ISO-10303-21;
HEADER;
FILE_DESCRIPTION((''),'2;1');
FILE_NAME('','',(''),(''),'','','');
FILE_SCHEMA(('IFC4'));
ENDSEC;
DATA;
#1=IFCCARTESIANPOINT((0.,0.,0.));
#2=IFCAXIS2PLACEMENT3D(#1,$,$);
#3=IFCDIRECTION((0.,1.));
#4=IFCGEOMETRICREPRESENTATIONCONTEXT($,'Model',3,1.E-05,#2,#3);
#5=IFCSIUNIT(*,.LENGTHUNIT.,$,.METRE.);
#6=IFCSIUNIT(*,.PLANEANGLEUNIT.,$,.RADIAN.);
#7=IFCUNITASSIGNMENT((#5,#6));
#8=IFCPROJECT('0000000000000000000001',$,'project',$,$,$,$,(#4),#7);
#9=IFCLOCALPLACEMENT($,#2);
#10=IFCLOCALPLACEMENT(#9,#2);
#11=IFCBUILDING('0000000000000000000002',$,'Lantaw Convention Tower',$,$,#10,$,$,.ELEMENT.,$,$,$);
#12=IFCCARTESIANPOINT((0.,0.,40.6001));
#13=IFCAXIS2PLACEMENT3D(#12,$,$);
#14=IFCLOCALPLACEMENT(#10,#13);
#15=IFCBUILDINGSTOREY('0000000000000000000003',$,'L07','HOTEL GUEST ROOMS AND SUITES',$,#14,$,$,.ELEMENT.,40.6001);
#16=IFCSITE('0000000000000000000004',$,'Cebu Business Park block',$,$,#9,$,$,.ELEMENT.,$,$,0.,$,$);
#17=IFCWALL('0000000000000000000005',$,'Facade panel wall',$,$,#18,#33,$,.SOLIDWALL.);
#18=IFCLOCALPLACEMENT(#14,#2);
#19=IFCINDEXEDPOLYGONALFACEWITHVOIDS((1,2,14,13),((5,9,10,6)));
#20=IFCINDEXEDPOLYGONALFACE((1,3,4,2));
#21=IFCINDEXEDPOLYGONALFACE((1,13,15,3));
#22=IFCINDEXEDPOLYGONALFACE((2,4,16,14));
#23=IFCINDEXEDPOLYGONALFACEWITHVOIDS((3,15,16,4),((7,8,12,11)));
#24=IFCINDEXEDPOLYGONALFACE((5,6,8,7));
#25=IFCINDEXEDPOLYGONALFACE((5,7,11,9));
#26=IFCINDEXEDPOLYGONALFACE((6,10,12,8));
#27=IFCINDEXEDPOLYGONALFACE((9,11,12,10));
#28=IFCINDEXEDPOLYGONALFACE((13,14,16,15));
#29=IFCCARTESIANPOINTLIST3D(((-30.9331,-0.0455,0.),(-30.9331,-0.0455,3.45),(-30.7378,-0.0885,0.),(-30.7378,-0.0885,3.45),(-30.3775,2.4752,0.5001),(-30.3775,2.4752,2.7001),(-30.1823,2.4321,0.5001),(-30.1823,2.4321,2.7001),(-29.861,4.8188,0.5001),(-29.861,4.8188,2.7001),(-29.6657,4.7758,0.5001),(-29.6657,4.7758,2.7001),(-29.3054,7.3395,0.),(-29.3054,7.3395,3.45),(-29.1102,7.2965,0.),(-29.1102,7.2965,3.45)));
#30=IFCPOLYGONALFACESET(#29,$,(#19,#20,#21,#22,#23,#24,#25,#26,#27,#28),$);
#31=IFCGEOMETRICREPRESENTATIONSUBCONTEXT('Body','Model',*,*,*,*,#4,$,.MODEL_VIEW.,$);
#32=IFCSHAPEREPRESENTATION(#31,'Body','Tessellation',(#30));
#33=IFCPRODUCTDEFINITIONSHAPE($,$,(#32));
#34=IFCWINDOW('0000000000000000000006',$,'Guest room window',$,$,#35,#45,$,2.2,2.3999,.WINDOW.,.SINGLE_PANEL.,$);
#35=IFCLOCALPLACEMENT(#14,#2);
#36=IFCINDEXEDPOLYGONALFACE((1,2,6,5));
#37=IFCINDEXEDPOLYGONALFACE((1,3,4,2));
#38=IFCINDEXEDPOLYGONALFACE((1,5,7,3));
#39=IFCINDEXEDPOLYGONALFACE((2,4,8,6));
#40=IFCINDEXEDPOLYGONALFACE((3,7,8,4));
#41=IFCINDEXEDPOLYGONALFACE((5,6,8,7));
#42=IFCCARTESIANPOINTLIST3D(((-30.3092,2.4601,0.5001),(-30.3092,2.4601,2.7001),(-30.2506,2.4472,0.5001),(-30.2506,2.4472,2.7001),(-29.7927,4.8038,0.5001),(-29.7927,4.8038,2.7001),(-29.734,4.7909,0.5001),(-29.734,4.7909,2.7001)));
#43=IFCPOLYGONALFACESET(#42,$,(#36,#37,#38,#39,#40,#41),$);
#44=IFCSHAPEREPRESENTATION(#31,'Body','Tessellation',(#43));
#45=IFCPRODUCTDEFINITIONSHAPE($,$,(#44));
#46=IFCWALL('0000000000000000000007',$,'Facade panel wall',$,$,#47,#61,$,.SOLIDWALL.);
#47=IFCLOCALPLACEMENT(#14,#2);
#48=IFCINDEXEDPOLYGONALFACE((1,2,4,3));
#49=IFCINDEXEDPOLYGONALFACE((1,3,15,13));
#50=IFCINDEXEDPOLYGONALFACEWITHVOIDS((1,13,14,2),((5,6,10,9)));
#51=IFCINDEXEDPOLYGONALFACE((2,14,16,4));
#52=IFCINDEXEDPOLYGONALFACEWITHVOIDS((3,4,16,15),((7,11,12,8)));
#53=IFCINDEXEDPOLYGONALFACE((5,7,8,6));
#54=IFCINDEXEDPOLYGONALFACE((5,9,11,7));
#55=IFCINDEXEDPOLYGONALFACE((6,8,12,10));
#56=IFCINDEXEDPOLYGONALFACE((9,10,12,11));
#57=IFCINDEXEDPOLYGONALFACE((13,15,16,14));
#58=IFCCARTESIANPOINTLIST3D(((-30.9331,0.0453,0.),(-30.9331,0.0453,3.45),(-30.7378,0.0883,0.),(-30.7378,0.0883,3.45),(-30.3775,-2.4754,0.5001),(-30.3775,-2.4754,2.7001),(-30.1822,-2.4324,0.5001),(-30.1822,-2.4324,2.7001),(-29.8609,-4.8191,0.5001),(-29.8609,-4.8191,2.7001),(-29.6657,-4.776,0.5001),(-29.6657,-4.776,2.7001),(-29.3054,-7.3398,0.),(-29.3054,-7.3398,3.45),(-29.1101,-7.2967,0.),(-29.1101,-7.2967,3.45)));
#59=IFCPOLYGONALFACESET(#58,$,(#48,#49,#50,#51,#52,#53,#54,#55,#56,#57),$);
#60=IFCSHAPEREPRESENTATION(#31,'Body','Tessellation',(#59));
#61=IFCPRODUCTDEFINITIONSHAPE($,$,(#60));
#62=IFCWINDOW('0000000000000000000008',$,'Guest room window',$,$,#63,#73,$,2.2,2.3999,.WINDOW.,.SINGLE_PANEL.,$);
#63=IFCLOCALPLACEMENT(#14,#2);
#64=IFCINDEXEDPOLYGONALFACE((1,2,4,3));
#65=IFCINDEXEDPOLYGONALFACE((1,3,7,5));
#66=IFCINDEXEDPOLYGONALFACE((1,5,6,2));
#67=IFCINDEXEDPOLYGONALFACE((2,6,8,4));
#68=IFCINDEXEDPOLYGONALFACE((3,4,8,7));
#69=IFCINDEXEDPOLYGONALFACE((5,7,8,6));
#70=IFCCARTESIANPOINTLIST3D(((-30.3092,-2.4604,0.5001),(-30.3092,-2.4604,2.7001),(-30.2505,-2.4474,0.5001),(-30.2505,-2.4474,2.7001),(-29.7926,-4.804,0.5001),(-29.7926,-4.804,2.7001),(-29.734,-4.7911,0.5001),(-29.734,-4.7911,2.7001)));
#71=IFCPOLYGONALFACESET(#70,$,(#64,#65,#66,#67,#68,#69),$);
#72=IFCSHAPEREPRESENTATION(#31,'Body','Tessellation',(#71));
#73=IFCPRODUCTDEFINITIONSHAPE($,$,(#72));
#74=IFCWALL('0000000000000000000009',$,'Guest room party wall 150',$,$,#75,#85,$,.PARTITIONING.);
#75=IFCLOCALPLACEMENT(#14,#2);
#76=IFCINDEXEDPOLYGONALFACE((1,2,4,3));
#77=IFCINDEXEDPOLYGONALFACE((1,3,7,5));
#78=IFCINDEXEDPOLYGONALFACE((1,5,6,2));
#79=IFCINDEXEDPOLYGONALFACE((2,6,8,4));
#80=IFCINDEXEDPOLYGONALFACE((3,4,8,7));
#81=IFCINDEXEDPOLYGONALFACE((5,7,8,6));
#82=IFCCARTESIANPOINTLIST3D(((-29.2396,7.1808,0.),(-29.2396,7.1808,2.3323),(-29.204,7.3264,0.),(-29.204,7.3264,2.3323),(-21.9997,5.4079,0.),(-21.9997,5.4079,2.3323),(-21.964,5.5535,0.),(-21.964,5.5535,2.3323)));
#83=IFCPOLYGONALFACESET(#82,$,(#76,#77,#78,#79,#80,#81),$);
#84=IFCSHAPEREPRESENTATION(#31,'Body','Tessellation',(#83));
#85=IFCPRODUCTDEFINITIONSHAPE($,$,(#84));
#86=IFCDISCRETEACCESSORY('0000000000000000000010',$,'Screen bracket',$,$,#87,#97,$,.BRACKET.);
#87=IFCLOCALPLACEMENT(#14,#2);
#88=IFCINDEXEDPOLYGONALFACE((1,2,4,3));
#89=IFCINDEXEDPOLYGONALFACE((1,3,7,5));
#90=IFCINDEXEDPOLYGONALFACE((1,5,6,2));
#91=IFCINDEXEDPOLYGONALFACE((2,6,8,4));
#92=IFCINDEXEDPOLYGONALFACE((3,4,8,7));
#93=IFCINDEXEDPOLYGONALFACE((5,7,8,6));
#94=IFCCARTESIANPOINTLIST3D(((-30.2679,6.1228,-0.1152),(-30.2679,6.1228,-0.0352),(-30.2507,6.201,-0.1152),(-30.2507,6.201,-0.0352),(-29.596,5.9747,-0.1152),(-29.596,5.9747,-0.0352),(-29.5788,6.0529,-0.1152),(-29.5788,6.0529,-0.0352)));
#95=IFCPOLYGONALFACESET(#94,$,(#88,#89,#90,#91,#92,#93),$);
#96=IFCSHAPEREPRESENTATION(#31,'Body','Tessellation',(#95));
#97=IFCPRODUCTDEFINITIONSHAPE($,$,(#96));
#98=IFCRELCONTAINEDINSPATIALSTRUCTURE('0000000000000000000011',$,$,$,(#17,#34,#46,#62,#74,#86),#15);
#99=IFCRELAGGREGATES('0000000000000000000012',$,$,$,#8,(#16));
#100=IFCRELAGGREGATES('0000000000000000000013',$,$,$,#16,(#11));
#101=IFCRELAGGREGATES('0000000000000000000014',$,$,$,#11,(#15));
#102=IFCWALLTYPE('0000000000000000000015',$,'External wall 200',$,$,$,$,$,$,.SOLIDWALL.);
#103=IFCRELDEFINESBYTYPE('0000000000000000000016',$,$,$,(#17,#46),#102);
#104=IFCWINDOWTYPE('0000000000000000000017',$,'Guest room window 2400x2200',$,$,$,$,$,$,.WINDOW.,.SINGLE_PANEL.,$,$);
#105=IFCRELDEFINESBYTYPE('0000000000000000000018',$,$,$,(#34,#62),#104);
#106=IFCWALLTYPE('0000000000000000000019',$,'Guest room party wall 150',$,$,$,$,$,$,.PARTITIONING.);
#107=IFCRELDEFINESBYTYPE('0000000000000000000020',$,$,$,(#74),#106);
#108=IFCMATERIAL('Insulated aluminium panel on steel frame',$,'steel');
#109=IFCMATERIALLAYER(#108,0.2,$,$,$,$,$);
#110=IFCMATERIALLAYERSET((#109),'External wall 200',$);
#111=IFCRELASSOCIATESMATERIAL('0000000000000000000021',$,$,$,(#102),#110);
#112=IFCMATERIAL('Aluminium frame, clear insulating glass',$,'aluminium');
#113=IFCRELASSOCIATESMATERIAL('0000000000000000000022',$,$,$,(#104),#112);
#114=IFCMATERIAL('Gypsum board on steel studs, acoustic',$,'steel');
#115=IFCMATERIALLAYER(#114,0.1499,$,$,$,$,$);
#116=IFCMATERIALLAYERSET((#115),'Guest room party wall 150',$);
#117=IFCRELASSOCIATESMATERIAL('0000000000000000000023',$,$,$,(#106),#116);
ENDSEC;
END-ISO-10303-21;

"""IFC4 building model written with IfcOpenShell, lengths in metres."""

from ifc_helpers import new_model, si_unit, direction, frame, frame_2d, origin, origin_2d, place, context, subcontext, project, spatial, rectangle, extrude, material, layer, layer_set, type_object, element, fill, save


model = new_model("IFC4")

# Units and contexts
model_context = context("Model", 3, precision=1e-05, world=origin(), true_north=direction((0.0, 1.0)))
body_context = subcontext(model_context, "Body", "Model", "MODEL_VIEW")
ifc_project = project(units=[si_unit("LENGTHUNIT", "METRE"), si_unit("PLANEANGLEUNIT", "RADIAN")], contexts=[model_context])

# Site, building, storey
site_placement = place(None, origin())
site = spatial("IfcSite", under=ifc_project, at=site_placement, Name="Cebu Business Park block", CompositionType="ELEMENT", RefElevation=0.0)
building_placement = place(site_placement, origin())
building = spatial("IfcBuilding", under=site, at=building_placement, Name="Lantaw Convention Tower", CompositionType="ELEMENT")
storey_placement = place(building_placement, frame((0.0, 0.0, 40.6001)))
storey = spatial("IfcBuildingStorey", under=building, at=storey_placement, Name="L07", Description="HOTEL GUEST ROOMS AND SUITES", CompositionType="ELEMENT", Elevation=40.6001)

# Walls, openings, windows
ifc_material_1 = material(Name="Insulated aluminium panel on steel frame", Category="steel")
ifc_layer_1 = layer(ifc_material_1, 0.2)
ifc_layer_set_1 = layer_set([ifc_layer_1], Name="External wall 200")
wall_type_1 = type_object("IfcWallType", Name="External wall 200", PredefinedType="SOLIDWALL", material=ifc_layer_set_1)
wall_1_placement = place(storey_placement, frame((-29.2078, 7.3181, 0.0), z_axis=(0.0, 0.0, 1.0), x_axis=(-0.215238, -0.976562, 0.0)))
wall_1 = element("IfcWall", 1, at=wall_1_placement, inside=storey, type_object=wall_type_1, Name="Facade panel wall", PredefinedType="SOLIDWALL", context=body_context, shape_type="SweptSolid", body=[
    extrude(rectangle(XDim=7.5623, YDim=0.2, at=frame_2d((3.7812, 0.0))), origin(), (0.0, 0.0, 1.0), 3.45),
])
opening_1_placement = place(wall_1_placement, frame((2.5813, 0.0, 0.5)))
opening_1 = element("IfcOpeningElement", 2, at=opening_1_placement, cuts=wall_1, PredefinedType="OPENING", context=body_context, shape_type="SweptSolid", body=[
    extrude(rectangle(XDim=2.3999, YDim=2.2, at=frame_2d((1.2, 1.1001))), frame((0.0, 0.1099, 0.0), z_axis=(0.0, -1.0, 0.0), x_axis=(1.0, 0.0, 0.0)), (0.0, 0.0, 1.0), 0.22),
])
ifc_material_2 = material(Name="Aluminium frame, clear insulating glass", Category="aluminium")
window_type = type_object("IfcWindowType", Name="Guest room window 2400x2200", PartitioningType="SINGLE_PANEL", PredefinedType="WINDOW", material=ifc_material_2)
window_1_placement = place(opening_1_placement, origin())
window_1 = element("IfcWindow", 3, at=window_1_placement, inside=storey, type_object=window_type, Name="Guest room window", OverallHeight=2.2, OverallWidth=2.3999, PartitioningType="SINGLE_PANEL", PredefinedType="WINDOW", context=body_context, shape_type="SweptSolid", body=[
    extrude(rectangle(XDim=2.3999, YDim=2.2, at=frame_2d((1.2, 1.1001))), frame((0.0, 0.03, 0.0), z_axis=(0.0, -1.0, 0.0), x_axis=(1.0, 0.0, 0.0)), (0.0, 0.0, 1.0), 0.0601),
])
fill(opening_1, window_1)
wall_2_placement = place(storey_placement, frame((-30.8354, 0.0669, 0.0), z_axis=(0.0, 0.0, 1.0), x_axis=(0.215238, -0.976562, 0.0)))
wall_2 = element("IfcWall", 4, at=wall_2_placement, inside=storey, type_object=wall_type_1, Name="Facade panel wall", PredefinedType="SOLIDWALL", context=body_context, shape_type="SweptSolid", body=[
    extrude(rectangle(XDim=7.5623, YDim=0.2, at=frame_2d((3.7812, 0.0))), origin(), (0.0, 0.0, 1.0), 3.45),
])
opening_2_placement = place(wall_2_placement, frame((2.5813, 0.0, 0.5)))
opening_2 = element("IfcOpeningElement", 5, at=opening_2_placement, cuts=wall_2, PredefinedType="OPENING", context=body_context, shape_type="SweptSolid", body=[
    extrude(rectangle(XDim=2.3999, YDim=2.2, at=frame_2d((1.2, 1.1001))), frame((0.0, 0.1099, 0.0), z_axis=(0.0, -1.0, 0.0), x_axis=(1.0, 0.0, 0.0)), (0.0, 0.0, 1.0), 0.22),
])
window_2_placement = place(opening_2_placement, origin())
window_2 = element("IfcWindow", 6, at=window_2_placement, inside=storey, type_object=window_type, Name="Guest room window", OverallHeight=2.2, OverallWidth=2.3999, PartitioningType="SINGLE_PANEL", PredefinedType="WINDOW", context=body_context, shape_type="SweptSolid", body=[
    extrude(rectangle(XDim=2.3999, YDim=2.2, at=frame_2d((1.2, 1.1001))), frame((0.0, 0.03, 0.0), z_axis=(0.0, -1.0, 0.0), x_axis=(1.0, 0.0, 0.0)), (0.0, 0.0, 1.0), 0.0601),
])
fill(opening_2, window_2)

# Wall
ifc_material_3 = material(Name="Gypsum board on steel studs, acoustic", Category="steel")
ifc_layer_2 = layer(ifc_material_3, 0.1499)
ifc_layer_set_2 = layer_set([ifc_layer_2], Name="Guest room party wall 150")
wall_type_2 = type_object("IfcWallType", Name="Guest room party wall 150", PredefinedType="PARTITIONING", material=ifc_layer_set_2)
wall_3_placement = place(storey_placement, frame((-29.2219, 7.2537, 0.0), z_axis=(0.0, 0.0, 1.0), x_axis=(0.971301, -0.237855, 0.0)))
element("IfcWall", 7, at=wall_3_placement, inside=storey, type_object=wall_type_2, Name="Guest room party wall 150", PredefinedType="PARTITIONING", context=body_context, shape_type="SweptSolid", body=[
    extrude(rectangle(XDim=7.4539, YDim=0.1499, at=frame_2d((3.7271, 0.0))), origin(), (0.0, 0.0, 1.0), 2.3323),
])

# Discrete accessory
discrete_accessory_placement = place(storey_placement, frame((-29.9233, 6.0879, -0.1152), z_axis=(0.0, 0.0, 1.0), x_axis=(-0.215246, -0.97656, 0.0)))
element("IfcDiscreteAccessory", 8, at=discrete_accessory_placement, inside=storey, Name="Screen bracket", PredefinedType="BRACKET", context=body_context, shape_type="SweptSolid", body=[
    extrude(rectangle(XDim=0.0801, YDim=0.688, at=origin_2d()), origin(), (0.0, 0.0, 1.0), 0.0801),
])

save(model, "model.ifc")
